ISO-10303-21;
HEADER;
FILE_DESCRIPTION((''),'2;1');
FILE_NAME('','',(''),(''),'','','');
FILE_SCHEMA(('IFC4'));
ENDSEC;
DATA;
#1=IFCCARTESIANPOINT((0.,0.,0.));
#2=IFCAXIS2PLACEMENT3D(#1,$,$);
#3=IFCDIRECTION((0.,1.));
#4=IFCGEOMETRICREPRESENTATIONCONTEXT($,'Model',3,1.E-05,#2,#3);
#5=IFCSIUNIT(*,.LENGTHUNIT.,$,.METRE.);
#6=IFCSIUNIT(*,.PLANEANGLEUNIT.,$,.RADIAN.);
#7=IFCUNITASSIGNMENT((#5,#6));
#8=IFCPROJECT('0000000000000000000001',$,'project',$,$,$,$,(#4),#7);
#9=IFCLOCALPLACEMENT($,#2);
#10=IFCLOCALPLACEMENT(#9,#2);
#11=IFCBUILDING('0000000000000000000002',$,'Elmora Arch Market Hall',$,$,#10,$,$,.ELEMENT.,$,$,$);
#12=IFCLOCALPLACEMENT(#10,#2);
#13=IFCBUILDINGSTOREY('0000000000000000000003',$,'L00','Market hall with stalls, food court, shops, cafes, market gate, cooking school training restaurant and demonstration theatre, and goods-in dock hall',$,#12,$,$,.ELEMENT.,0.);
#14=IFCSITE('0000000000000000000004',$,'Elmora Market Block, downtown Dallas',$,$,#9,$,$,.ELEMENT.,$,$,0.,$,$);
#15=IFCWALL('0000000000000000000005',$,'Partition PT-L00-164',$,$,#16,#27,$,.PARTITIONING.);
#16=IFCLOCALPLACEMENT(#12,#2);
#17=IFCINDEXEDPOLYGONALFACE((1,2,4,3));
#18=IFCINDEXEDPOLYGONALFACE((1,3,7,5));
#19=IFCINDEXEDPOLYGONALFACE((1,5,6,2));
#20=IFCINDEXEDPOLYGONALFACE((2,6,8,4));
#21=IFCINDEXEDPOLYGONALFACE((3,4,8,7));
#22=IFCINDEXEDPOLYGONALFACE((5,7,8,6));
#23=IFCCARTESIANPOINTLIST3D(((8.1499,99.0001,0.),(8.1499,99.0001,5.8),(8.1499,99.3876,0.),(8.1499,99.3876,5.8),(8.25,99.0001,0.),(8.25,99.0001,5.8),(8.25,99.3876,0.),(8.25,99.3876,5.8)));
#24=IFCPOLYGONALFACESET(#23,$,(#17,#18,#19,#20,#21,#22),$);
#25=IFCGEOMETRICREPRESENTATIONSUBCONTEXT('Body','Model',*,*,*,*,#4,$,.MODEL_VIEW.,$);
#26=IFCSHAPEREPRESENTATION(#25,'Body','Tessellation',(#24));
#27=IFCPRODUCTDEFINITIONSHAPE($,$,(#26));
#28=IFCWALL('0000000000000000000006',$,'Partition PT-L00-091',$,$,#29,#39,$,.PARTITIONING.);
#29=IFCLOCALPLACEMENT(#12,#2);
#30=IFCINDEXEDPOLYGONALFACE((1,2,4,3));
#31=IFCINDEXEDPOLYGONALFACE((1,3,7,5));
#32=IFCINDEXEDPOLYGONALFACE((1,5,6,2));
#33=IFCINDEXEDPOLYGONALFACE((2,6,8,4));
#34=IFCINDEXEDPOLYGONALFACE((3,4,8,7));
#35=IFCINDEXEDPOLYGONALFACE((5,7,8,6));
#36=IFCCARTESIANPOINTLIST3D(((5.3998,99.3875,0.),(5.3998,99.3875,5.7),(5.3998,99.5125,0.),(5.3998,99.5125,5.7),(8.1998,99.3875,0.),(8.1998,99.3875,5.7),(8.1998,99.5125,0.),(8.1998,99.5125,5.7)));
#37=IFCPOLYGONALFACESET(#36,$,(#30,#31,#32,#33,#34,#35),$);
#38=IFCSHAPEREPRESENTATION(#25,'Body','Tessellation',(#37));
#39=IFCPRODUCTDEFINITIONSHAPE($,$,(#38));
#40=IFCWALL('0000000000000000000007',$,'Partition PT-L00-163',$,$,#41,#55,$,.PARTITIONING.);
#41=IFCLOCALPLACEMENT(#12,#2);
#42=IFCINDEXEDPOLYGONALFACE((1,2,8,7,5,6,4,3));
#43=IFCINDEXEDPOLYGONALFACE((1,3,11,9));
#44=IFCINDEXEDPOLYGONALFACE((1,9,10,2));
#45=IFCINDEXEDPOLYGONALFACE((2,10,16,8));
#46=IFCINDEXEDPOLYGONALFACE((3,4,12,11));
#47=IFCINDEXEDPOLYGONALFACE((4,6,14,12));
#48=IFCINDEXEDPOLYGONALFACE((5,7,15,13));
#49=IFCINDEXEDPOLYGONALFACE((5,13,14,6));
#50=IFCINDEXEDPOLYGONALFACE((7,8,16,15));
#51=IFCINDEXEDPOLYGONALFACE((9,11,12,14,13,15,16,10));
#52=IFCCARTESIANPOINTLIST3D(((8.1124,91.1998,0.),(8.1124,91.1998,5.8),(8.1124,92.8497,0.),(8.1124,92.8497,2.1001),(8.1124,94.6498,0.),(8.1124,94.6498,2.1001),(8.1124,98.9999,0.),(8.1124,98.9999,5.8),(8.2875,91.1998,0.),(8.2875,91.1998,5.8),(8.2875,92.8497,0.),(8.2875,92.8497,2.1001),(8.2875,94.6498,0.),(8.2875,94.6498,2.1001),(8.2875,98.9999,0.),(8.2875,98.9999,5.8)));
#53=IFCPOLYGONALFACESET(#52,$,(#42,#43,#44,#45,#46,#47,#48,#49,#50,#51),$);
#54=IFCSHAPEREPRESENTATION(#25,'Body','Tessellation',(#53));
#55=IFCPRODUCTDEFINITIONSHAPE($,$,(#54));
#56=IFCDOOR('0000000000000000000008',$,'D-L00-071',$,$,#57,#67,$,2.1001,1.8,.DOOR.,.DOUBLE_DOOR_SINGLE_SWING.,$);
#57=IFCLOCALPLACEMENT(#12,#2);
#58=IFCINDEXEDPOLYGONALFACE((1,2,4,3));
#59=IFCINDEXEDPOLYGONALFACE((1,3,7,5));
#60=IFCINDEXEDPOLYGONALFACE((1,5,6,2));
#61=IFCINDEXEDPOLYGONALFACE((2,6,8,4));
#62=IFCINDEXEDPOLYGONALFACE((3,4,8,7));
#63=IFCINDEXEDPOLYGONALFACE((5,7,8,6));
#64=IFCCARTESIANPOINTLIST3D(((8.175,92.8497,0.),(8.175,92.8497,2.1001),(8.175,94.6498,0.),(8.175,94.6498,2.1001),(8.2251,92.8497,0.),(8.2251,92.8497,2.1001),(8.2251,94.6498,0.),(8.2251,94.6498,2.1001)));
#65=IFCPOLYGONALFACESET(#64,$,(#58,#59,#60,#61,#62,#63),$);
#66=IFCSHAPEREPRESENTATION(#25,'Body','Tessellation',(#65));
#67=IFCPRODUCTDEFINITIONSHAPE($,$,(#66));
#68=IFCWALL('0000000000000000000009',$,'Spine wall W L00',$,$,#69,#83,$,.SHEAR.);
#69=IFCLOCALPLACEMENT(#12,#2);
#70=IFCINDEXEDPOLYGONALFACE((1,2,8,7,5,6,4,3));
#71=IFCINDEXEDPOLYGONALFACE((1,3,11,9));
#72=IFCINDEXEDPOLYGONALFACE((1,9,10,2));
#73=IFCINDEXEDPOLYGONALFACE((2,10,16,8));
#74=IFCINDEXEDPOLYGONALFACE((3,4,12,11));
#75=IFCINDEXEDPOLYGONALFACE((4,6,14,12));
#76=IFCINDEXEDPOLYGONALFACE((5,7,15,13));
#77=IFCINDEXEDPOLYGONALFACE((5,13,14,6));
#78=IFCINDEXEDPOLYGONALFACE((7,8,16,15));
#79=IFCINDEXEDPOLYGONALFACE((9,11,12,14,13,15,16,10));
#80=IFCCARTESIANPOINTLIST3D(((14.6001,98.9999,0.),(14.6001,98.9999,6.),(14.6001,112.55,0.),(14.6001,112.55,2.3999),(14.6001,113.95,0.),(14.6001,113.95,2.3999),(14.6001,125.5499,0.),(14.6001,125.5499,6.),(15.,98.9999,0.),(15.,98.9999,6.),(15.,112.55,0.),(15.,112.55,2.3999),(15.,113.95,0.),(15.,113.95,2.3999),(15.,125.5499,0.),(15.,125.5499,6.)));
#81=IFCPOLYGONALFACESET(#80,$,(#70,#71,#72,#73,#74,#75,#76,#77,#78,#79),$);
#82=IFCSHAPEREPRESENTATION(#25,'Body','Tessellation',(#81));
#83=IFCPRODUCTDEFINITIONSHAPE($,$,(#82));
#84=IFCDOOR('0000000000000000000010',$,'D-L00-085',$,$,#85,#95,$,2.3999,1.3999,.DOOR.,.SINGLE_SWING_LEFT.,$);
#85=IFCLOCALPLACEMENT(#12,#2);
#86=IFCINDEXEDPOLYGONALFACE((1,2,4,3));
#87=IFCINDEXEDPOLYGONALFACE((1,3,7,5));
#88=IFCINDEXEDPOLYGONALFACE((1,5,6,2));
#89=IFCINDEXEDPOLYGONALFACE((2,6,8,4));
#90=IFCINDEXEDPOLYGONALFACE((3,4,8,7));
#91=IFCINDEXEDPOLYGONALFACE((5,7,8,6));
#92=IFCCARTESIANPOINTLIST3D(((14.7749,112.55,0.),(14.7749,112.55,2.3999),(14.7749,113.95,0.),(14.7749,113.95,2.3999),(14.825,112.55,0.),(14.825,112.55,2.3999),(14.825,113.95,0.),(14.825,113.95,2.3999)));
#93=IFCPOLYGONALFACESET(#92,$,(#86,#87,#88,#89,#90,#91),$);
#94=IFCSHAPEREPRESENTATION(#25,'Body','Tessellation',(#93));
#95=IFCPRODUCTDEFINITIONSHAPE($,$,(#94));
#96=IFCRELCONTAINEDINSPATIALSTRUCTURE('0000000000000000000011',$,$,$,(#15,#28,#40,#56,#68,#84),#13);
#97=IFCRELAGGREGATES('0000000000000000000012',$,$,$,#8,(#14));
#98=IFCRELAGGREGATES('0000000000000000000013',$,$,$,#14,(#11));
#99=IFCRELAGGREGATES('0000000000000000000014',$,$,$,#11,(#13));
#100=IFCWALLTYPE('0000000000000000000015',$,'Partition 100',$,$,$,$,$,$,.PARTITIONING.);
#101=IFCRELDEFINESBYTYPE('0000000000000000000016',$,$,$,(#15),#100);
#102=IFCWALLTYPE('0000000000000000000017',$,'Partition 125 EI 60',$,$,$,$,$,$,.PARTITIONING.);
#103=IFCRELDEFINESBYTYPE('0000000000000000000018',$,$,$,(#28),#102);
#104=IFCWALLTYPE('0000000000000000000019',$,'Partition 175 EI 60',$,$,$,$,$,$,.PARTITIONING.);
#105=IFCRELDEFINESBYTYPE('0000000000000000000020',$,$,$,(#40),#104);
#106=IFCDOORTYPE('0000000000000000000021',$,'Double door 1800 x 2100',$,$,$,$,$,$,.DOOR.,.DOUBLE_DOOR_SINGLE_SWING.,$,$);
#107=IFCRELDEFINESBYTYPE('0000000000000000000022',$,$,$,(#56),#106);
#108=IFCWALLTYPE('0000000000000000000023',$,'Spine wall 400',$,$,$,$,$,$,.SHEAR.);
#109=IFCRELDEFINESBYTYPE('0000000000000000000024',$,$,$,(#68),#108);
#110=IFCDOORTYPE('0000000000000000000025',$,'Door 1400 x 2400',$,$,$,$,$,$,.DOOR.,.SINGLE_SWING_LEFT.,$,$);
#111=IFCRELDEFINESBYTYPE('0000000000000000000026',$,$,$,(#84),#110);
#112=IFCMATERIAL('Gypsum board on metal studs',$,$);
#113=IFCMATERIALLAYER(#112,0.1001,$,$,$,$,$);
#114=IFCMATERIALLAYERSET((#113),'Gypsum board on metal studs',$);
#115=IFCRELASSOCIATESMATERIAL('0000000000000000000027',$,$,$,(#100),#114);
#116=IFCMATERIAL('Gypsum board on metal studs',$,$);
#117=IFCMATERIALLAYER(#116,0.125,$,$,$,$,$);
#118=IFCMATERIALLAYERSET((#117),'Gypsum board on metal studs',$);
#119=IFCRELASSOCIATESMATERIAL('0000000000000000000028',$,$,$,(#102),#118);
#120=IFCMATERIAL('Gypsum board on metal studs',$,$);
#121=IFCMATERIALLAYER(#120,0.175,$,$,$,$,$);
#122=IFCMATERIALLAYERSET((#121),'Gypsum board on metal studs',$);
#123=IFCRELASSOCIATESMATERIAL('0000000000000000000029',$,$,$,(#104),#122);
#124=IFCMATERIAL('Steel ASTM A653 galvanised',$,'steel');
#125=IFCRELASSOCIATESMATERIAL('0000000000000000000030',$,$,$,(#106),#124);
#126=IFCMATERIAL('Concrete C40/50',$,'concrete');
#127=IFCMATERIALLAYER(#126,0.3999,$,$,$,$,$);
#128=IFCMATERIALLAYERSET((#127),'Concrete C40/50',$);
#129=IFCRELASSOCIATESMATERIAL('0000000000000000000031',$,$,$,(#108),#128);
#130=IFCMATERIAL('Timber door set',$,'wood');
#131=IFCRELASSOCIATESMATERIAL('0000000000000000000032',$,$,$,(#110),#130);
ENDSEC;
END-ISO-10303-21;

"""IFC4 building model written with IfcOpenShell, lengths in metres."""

from ifc_helpers import new_model, si_unit, direction, frame, frame_2d, origin, place, context, subcontext, project, spatial, rectangle, extrude, material, layer, layer_set, type_object, element, fill, save


model = new_model("IFC4")

# Units and contexts
model_context = context("Model", 3, precision=1e-05, world=origin(), true_north=direction((0.0, 1.0)))
body_context = subcontext(model_context, "Body", "Model", "MODEL_VIEW")
ifc_project = project(units=[si_unit("LENGTHUNIT", "METRE"), si_unit("PLANEANGLEUNIT", "RADIAN")], contexts=[model_context])

# Site, building, storey
site_placement = place(None, origin())
site = spatial("IfcSite", under=ifc_project, at=site_placement, Name="Elmora Market Block, downtown Dallas", CompositionType="ELEMENT", RefElevation=0.0)
building_placement = place(site_placement, origin())
building = spatial("IfcBuilding", under=site, at=building_placement, Name="Elmora Arch Market Hall", CompositionType="ELEMENT")
storey_placement = place(building_placement, origin())
storey = spatial("IfcBuildingStorey", under=building, at=storey_placement, Name="L00", Description="Market hall with stalls, food court, shops, cafes, market gate, cooking school training restaurant and demonstration theatre, and goods-in dock hall", CompositionType="ELEMENT", Elevation=0.0)

# Shared definitions
ifc_material_1 = material(Name="Gypsum board on metal studs")
ifc_layer_1 = layer(ifc_material_1, 0.1001)
ifc_layer_set_1 = layer_set([ifc_layer_1], Name="Gypsum board on metal studs")
wall_type_1 = type_object("IfcWallType", Name="Partition 100", PredefinedType="PARTITIONING", material=ifc_layer_set_1)

# Walls
wall_1_placement = place(storey_placement, frame((8.2, 99.0, 0.0), z_axis=(0.0, 0.0, 1.0), x_axis=(0.0, 1.0, 0.0)))
element("IfcWall", 1, at=wall_1_placement, inside=storey, type_object=wall_type_1, Name="Partition PT-L00-164", PredefinedType="PARTITIONING", context=body_context, shape_type="SweptSolid", body=[
    extrude(rectangle(XDim=0.3875, YDim=0.1001, at=frame_2d((0.1938, 0.0))), origin(), (0.0, 0.0, 1.0), 5.8),
])
ifc_material_2 = material(Name="Gypsum board on metal studs")
ifc_layer_2 = layer(ifc_material_2, 0.125)
ifc_layer_set_2 = layer_set([ifc_layer_2], Name="Gypsum board on metal studs")
wall_type_2 = type_object("IfcWallType", Name="Partition 125 EI 60", PredefinedType="PARTITIONING", material=ifc_layer_set_2)
wall_2_placement = place(storey_placement, frame((5.3999, 99.45, 0.0), z_axis=(0.0, 0.0, 1.0), x_axis=(1.0, 0.0, 0.0)))
element("IfcWall", 2, at=wall_2_placement, inside=storey, type_object=wall_type_2, Name="Partition PT-L00-091", PredefinedType="PARTITIONING", context=body_context, shape_type="SweptSolid", body=[
    extrude(rectangle(XDim=2.8, YDim=0.125, at=frame_2d((1.3999, 0.0))), origin(), (0.0, 0.0, 1.0), 5.7),
])

# Walls, openings, doors
ifc_material_3 = material(Name="Gypsum board on metal studs")
ifc_layer_3 = layer(ifc_material_3, 0.175)
ifc_layer_set_3 = layer_set([ifc_layer_3], Name="Gypsum board on metal studs")
wall_type_3 = type_object("IfcWallType", Name="Partition 175 EI 60", PredefinedType="PARTITIONING", material=ifc_layer_set_3)
wall_3_placement = place(storey_placement, frame((8.2, 91.2, 0.0), z_axis=(0.0, 0.0, 1.0), x_axis=(0.0, 1.0, 0.0)))
wall_3 = element("IfcWall", 3, at=wall_3_placement, inside=storey, type_object=wall_type_3, Name="Partition PT-L00-163", PredefinedType="PARTITIONING", context=body_context, shape_type="SweptSolid", body=[
    extrude(rectangle(XDim=7.8, YDim=0.175, at=frame_2d((3.8999, 0.0))), origin(), (0.0, 0.0, 1.0), 5.8),
])
opening_1_placement = place(wall_3_placement, frame((1.6499, 0.0, 0.0)))
opening_1 = element("IfcOpeningElement", 4, at=opening_1_placement, cuts=wall_3, PredefinedType="OPENING", context=body_context, shape_type="SweptSolid", body=[
    extrude(rectangle(XDim=1.8, YDim=2.1001, at=frame_2d((0.8999, 1.05))), frame((0.0, 0.0974, 0.0), z_axis=(0.0, -1.0, 0.0), x_axis=(1.0, 0.0, 0.0)), (0.0, 0.0, 1.0), 0.1951),
])
ifc_material_4 = material(Name="Steel ASTM A653 galvanised", Category="steel")
door_type_1 = type_object("IfcDoorType", Name="Double door 1800 x 2100", OperationType="DOUBLE_DOOR_SINGLE_SWING", PredefinedType="DOOR", material=ifc_material_4)
door_1_placement = place(opening_1_placement, origin())
door_1 = element("IfcDoor", 5, at=door_1_placement, inside=storey, type_object=door_type_1, Name="D-L00-071", OperationType="DOUBLE_DOOR_SINGLE_SWING", OverallHeight=2.1001, OverallWidth=1.8, PredefinedType="DOOR", context=body_context, shape_type="SweptSolid", body=[
    extrude(rectangle(XDim=1.8, YDim=2.1001, at=frame_2d((0.8999, 1.05))), frame((0.0, 0.0249, 0.0), z_axis=(0.0, -1.0, 0.0), x_axis=(1.0, 0.0, 0.0)), (0.0, 0.0, 1.0), 0.05),
])
fill(opening_1, door_1)
ifc_material_5 = material(Name="Concrete C40/50", Category="concrete")
ifc_layer_4 = layer(ifc_material_5, 0.3999)
ifc_layer_set_4 = layer_set([ifc_layer_4], Name="Concrete C40/50")
wall_type_4 = type_object("IfcWallType", Name="Spine wall 400", PredefinedType="SHEAR", material=ifc_layer_set_4)
wall_4_placement = place(storey_placement, frame((14.8, 99.0, 0.0), z_axis=(0.0, 0.0, 1.0), x_axis=(0.0, 1.0, 0.0)))
wall_4 = element("IfcWall", 6, at=wall_4_placement, inside=storey, type_object=wall_type_4, Name="Spine wall W L00", PredefinedType="SHEAR", context=body_context, shape_type="SweptSolid", body=[
    extrude(rectangle(XDim=26.55, YDim=0.3999, at=frame_2d((13.2749, 0.0))), origin(), (0.0, 0.0, 1.0), 6.0),
])
opening_2_placement = place(wall_4_placement, frame((13.55, 0.0, 0.0)))
opening_2 = element("IfcOpeningElement", 7, at=opening_2_placement, cuts=wall_4, PredefinedType="OPENING", context=body_context, shape_type="SweptSolid", body=[
    extrude(rectangle(XDim=1.3999, YDim=2.3999, at=frame_2d((0.7, 1.2))), frame((0.0, 0.21, 0.0), z_axis=(0.0, -1.0, 0.0), x_axis=(1.0, 0.0, 0.0)), (0.0, 0.0, 1.0), 0.4199),
])
ifc_material_6 = material(Name="Timber door set", Category="wood")
door_type_2 = type_object("IfcDoorType", Name="Door 1400 x 2400", OperationType="SINGLE_SWING_LEFT", PredefinedType="DOOR", material=ifc_material_6)
door_2_placement = place(opening_2_placement, frame((1.3999, 0.0, 0.0), z_axis=(0.0, 0.0, 1.0), x_axis=(-1.0, 0.0, 0.0)))
door_2 = element("IfcDoor", 8, at=door_2_placement, inside=storey, type_object=door_type_2, Name="D-L00-085", OperationType="SINGLE_SWING_LEFT", OverallHeight=2.3999, OverallWidth=1.3999, PredefinedType="DOOR", context=body_context, shape_type="SweptSolid", body=[
    extrude(rectangle(XDim=1.3999, YDim=2.3999, at=frame_2d((0.7, 1.2))), frame((0.0, 0.0249, 0.0), z_axis=(0.0, -1.0, 0.0), x_axis=(1.0, 0.0, 0.0)), (0.0, 0.0, 1.0), 0.05),
])
fill(opening_2, door_2)

save(model, "model.ifc")
